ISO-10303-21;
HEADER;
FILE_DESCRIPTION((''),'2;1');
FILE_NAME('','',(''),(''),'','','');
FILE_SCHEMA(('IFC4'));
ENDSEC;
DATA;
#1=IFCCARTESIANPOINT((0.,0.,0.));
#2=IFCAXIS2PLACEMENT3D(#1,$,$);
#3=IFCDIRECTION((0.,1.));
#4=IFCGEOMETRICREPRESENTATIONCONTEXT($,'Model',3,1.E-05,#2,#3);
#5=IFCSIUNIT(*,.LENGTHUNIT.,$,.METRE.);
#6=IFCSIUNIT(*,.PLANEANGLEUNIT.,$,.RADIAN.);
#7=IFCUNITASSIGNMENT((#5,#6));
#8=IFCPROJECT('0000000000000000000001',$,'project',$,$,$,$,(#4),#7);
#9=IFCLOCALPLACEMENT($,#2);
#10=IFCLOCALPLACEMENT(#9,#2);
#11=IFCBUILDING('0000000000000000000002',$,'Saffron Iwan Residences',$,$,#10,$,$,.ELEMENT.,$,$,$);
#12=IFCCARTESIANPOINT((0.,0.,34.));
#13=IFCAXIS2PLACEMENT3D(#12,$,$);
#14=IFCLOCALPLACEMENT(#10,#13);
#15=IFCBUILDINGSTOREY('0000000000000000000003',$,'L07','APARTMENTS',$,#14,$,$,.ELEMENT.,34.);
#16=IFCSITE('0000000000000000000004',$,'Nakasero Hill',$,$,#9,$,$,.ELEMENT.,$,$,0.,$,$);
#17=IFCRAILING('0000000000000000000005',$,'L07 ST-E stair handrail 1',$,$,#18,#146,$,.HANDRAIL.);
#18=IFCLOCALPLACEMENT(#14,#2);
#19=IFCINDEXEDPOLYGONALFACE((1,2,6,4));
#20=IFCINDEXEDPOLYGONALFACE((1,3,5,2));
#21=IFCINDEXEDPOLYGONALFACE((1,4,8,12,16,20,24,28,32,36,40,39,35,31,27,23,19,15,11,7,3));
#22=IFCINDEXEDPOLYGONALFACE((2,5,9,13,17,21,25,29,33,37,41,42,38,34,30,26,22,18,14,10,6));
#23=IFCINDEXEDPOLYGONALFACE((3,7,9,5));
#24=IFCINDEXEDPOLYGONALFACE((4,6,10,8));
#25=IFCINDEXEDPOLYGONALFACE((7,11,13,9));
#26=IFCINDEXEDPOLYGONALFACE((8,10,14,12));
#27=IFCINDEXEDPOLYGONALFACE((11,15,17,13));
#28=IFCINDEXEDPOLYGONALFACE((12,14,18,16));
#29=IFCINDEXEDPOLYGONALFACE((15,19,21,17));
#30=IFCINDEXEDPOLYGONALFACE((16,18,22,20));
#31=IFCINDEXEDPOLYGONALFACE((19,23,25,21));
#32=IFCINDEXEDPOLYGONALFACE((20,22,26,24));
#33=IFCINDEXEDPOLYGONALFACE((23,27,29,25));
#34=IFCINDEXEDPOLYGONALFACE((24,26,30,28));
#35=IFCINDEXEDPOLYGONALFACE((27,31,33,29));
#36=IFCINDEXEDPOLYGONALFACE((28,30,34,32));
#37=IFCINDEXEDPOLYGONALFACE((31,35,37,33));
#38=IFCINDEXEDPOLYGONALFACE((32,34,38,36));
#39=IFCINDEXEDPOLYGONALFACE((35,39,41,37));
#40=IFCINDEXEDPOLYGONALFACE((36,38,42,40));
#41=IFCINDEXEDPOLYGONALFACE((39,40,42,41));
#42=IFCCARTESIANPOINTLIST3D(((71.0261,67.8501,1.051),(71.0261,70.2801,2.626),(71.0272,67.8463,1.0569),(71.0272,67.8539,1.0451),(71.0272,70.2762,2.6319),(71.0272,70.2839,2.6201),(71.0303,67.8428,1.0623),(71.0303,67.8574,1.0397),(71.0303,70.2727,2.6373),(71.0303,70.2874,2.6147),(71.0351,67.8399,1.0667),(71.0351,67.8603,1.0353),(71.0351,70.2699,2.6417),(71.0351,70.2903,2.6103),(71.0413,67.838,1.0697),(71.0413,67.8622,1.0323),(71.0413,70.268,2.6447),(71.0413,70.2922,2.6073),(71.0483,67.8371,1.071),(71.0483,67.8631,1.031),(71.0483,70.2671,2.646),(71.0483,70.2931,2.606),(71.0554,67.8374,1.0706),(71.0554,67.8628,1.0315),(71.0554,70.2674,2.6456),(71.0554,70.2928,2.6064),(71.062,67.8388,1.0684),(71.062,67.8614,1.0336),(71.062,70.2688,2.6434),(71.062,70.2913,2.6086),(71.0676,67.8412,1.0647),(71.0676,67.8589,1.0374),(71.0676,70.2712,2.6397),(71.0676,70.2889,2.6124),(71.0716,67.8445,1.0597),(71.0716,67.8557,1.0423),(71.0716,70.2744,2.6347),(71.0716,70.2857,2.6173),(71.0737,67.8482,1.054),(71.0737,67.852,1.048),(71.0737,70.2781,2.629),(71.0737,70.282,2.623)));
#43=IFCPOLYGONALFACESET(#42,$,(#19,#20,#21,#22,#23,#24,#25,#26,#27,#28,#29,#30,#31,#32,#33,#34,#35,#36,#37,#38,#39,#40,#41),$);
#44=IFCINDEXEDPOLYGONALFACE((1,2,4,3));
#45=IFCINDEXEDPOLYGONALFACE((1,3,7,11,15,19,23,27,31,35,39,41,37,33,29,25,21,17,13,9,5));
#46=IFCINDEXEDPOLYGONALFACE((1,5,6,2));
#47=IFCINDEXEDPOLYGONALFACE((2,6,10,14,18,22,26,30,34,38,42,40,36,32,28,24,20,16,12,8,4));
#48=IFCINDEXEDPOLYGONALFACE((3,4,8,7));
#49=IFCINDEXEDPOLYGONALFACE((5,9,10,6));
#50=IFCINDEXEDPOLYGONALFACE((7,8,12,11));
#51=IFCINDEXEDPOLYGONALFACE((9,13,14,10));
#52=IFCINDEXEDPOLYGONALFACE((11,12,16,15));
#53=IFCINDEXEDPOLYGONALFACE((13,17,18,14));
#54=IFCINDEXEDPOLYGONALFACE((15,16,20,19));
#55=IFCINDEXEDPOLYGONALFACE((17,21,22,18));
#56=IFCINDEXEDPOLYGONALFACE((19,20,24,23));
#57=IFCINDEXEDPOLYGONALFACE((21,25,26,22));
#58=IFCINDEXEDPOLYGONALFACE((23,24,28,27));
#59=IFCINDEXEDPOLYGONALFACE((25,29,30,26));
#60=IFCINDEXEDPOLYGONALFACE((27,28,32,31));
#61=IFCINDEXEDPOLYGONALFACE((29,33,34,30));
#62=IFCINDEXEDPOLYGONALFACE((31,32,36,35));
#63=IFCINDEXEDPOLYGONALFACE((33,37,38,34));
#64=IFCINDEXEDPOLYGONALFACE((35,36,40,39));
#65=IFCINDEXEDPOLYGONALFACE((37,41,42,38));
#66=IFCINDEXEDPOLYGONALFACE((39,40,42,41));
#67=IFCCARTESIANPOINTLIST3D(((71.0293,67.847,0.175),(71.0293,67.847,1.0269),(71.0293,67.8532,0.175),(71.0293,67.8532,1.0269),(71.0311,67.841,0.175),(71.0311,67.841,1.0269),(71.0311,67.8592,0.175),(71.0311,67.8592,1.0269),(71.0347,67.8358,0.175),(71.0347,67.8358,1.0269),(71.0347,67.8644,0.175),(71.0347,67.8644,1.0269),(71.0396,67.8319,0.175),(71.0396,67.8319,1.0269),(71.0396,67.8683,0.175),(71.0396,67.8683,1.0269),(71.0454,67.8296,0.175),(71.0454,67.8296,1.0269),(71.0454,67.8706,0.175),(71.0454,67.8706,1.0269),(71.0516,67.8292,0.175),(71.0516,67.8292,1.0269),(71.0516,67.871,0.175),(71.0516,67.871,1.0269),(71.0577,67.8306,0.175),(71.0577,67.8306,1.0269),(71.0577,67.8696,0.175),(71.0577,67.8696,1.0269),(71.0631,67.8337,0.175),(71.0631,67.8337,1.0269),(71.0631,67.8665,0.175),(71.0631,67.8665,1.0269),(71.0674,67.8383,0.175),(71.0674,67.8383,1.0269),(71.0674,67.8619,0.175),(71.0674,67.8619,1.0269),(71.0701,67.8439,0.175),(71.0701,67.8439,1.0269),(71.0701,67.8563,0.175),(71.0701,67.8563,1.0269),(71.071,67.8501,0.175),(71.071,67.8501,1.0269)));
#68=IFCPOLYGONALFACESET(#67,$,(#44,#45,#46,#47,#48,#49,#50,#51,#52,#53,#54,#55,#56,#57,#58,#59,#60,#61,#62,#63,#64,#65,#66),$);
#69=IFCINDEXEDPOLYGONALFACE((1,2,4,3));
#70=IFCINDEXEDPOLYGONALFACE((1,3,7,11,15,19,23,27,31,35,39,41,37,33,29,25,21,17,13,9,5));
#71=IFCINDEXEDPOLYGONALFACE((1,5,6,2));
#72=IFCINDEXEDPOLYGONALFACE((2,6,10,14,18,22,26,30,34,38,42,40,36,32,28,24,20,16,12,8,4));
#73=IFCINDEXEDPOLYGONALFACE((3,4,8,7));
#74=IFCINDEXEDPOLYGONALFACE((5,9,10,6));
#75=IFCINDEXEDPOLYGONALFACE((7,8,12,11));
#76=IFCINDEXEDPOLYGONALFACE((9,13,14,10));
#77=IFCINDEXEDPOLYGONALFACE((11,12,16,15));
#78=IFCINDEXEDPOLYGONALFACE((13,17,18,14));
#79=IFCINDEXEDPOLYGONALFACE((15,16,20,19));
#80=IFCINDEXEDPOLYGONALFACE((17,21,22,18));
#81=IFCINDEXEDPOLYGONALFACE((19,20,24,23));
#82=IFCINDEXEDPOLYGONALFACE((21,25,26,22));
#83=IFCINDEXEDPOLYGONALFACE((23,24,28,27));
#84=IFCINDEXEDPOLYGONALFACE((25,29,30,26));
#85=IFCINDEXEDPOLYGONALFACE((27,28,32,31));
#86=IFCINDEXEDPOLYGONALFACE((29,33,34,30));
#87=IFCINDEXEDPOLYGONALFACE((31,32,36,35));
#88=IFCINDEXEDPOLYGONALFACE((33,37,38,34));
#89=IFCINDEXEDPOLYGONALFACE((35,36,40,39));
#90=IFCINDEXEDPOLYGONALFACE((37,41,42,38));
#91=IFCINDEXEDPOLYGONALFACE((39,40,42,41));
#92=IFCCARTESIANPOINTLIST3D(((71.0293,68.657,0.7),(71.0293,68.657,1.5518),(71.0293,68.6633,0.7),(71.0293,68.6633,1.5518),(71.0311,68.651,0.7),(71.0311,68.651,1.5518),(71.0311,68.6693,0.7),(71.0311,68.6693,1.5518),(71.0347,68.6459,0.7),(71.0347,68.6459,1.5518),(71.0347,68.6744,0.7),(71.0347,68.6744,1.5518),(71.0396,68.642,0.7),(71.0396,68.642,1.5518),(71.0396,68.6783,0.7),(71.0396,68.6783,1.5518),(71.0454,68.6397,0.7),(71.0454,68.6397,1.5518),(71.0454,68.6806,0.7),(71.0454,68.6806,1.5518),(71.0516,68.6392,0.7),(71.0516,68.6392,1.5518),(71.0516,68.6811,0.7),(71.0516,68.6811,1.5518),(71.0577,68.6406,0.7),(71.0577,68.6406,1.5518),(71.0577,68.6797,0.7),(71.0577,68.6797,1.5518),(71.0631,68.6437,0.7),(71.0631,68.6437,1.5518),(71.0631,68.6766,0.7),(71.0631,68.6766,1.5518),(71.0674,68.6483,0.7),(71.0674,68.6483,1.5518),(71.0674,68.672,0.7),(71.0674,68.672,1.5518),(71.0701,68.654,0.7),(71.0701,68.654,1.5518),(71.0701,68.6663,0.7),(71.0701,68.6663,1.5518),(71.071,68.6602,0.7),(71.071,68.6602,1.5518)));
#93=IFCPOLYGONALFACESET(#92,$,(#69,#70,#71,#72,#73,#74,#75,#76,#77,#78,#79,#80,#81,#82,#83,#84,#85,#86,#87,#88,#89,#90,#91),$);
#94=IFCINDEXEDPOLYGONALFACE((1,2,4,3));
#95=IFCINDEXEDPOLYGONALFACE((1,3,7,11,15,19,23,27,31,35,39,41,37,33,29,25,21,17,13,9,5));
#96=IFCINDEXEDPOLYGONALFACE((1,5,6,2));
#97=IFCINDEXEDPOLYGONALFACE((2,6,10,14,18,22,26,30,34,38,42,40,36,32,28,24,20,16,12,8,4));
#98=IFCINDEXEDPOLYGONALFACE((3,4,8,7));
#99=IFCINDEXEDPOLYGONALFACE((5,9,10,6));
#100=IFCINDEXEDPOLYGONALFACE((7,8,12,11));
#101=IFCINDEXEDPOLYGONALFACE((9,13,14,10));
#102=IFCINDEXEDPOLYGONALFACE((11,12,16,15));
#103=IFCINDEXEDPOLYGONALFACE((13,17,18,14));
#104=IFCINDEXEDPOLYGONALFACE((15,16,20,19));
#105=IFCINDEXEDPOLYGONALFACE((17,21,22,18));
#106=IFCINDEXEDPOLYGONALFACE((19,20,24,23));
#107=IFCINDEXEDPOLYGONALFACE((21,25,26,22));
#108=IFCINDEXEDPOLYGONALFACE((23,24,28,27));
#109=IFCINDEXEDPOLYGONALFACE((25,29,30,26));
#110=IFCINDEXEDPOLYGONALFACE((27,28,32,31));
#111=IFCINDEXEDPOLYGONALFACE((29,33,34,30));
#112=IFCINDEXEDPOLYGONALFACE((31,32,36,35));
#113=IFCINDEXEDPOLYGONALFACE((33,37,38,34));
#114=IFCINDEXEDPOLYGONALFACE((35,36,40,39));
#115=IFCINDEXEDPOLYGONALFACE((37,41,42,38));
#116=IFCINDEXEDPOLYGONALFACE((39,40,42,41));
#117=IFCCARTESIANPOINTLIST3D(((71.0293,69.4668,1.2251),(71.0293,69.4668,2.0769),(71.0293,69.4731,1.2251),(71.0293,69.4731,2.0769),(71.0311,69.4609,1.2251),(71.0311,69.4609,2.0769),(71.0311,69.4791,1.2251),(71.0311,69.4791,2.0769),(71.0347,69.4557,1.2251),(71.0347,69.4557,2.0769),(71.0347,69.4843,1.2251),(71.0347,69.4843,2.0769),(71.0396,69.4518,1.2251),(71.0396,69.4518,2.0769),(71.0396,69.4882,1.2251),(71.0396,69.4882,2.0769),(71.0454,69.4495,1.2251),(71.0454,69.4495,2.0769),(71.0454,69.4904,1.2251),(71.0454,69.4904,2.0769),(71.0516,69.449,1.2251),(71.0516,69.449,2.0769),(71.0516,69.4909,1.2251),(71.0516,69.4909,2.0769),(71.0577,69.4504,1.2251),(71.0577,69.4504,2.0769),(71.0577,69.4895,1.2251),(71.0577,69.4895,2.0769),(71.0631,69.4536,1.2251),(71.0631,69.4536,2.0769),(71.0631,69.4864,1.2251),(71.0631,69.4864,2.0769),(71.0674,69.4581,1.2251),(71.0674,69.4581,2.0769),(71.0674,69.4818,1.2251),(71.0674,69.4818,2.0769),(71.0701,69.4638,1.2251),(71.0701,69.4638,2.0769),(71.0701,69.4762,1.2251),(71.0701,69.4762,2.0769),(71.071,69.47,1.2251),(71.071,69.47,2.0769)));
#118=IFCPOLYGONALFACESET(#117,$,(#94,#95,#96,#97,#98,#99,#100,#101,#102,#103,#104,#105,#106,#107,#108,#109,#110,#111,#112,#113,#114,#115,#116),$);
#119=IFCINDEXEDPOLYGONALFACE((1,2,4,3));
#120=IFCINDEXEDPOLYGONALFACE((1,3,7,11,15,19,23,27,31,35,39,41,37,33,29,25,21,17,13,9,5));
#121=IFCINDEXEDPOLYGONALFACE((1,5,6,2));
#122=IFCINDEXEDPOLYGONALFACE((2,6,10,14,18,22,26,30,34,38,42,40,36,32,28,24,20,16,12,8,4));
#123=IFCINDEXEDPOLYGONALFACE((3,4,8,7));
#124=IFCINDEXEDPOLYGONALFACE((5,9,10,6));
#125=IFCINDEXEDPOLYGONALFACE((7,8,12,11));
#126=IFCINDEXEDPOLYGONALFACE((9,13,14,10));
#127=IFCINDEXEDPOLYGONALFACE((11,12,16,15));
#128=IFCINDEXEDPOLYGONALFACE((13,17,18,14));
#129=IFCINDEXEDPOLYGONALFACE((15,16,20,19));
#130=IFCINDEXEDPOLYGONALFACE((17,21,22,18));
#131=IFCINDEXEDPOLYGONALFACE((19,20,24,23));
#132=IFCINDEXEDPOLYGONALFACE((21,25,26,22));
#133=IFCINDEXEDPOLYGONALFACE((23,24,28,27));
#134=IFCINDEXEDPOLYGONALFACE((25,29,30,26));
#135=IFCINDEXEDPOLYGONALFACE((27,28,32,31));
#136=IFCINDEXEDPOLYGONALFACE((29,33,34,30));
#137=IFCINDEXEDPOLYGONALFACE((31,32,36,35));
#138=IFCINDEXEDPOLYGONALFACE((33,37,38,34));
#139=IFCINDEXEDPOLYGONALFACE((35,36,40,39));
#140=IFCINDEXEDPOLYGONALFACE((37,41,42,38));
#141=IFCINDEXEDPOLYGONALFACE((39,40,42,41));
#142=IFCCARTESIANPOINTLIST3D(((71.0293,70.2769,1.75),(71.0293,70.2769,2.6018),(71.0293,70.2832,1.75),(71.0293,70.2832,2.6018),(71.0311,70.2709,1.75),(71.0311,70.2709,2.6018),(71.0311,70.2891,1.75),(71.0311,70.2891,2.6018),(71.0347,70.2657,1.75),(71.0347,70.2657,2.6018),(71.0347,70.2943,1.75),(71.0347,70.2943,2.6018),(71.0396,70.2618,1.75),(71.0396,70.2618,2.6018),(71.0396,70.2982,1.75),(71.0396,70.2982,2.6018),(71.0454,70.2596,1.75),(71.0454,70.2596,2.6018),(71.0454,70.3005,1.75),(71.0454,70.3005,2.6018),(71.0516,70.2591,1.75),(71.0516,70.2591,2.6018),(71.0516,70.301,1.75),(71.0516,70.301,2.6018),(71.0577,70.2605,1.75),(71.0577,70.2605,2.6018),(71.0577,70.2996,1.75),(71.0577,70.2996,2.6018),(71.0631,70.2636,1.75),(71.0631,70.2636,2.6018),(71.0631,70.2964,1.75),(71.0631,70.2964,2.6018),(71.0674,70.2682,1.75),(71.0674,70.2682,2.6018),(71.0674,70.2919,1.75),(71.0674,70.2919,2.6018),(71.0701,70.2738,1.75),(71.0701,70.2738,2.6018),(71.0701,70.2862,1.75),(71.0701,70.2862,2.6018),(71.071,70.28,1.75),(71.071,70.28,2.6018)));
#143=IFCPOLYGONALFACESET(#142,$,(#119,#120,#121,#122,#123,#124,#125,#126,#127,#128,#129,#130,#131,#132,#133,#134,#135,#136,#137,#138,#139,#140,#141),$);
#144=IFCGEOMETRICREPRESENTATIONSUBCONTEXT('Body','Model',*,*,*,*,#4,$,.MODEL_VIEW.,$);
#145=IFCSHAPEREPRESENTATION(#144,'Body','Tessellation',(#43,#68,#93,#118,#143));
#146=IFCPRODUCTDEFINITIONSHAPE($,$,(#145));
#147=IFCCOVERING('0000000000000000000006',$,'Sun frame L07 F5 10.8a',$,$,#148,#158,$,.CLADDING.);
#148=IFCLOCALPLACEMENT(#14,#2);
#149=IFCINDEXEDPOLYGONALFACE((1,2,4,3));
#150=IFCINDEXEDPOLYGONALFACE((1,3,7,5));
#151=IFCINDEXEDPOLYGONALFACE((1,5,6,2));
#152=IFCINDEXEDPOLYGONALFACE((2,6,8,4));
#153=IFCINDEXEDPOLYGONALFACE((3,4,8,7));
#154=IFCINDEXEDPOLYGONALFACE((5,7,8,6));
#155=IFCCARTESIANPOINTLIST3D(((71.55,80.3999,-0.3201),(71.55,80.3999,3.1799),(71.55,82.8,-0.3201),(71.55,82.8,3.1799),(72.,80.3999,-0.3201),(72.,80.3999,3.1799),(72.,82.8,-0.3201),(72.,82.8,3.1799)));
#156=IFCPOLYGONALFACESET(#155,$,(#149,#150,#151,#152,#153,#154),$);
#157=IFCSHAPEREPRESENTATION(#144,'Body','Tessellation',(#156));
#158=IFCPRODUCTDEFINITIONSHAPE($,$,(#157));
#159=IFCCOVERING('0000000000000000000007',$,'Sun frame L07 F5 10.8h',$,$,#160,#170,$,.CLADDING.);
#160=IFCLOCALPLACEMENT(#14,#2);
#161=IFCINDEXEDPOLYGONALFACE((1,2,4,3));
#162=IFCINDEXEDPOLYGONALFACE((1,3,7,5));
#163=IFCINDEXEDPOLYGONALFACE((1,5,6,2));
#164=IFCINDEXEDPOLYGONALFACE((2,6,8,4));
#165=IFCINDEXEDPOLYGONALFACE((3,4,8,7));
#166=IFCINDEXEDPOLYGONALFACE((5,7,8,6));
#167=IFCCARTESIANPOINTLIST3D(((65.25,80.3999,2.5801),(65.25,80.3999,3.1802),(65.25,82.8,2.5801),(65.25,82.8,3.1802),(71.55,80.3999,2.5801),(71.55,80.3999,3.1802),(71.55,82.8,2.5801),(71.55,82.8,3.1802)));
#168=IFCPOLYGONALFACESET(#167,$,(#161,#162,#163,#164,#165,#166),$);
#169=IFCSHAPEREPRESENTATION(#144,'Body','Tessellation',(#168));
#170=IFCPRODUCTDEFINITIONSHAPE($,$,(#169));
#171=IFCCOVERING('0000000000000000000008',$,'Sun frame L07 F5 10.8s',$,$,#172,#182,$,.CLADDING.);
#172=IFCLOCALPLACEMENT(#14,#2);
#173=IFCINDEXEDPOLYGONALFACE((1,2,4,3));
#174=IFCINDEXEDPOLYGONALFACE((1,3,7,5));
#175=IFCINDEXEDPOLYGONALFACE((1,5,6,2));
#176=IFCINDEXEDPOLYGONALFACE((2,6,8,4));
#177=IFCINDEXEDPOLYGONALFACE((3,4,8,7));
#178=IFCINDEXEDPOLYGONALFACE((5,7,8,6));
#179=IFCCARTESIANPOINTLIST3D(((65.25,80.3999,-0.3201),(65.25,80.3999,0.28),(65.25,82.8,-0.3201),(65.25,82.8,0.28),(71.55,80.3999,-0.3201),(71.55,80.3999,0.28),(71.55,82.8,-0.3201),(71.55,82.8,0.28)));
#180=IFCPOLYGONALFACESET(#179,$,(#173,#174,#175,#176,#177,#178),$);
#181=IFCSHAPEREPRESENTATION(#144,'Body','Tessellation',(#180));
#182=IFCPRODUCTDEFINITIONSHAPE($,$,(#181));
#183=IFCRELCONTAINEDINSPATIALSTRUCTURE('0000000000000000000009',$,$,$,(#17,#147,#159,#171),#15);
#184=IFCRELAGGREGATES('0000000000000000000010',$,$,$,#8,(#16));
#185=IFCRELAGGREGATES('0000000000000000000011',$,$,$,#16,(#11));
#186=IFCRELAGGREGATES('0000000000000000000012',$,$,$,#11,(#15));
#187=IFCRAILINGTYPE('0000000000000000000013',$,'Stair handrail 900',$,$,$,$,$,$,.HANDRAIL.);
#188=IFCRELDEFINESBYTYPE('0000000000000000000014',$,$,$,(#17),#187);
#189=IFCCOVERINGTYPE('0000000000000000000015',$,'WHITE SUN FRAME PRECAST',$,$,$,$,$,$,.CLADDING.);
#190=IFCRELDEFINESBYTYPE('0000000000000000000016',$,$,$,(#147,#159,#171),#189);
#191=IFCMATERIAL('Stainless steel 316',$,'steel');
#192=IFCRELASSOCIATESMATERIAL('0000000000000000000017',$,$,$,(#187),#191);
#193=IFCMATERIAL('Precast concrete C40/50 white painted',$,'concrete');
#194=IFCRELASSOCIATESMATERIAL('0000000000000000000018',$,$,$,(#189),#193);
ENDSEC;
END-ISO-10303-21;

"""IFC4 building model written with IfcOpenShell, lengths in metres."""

from ifc_helpers import new_model, si_unit, direction, frame, origin, origin_2d, place, context, subcontext, project, spatial, polyline, circle, outline, extrude, material, type_object, element, save


model = new_model("IFC4")

# Units and contexts
model_context = context("Model", 3, precision=1e-05, world=origin(), true_north=direction((0.0, 1.0)))
body_context = subcontext(model_context, "Body", "Model", "MODEL_VIEW")
ifc_project = project(units=[si_unit("LENGTHUNIT", "METRE"), si_unit("PLANEANGLEUNIT", "RADIAN")], contexts=[model_context])

# Site, building, storey
site_placement = place(None, origin())
site = spatial("IfcSite", under=ifc_project, at=site_placement, Name="Nakasero Hill", CompositionType="ELEMENT", RefElevation=0.0)
building_placement = place(site_placement, origin())
building = spatial("IfcBuilding", under=site, at=building_placement, Name="Saffron Iwan Residences", CompositionType="ELEMENT")
storey_placement = place(building_placement, frame((0.0, 0.0, 34.0)))
storey = spatial("IfcBuildingStorey", under=building, at=storey_placement, Name="L07", Description="APARTMENTS", CompositionType="ELEMENT", Elevation=34.0)

# Railing
ifc_material_1 = material(Name="Stainless steel 316", Category="steel")
railing_type = type_object("IfcRailingType", Name="Stair handrail 900", PredefinedType="HANDRAIL", material=ifc_material_1)
railing_placement = place(storey_placement, frame((71.05, 67.8501, 0.175)))
element("IfcRailing", 1, at=railing_placement, inside=storey, type_object=railing_type, Name="L07 ST-E stair handrail 1", PredefinedType="HANDRAIL", context=body_context, shape_type="SweptSolid", body=[
    extrude(circle(Radius=0.0239, at=origin_2d()), frame((0.0, 0.0, 0.876), z_axis=(0.0, 0.839154, 0.543894), x_axis=(-1.0, 0.0, 0.0)), (0.0, 0.0, 1.0), 2.8958),
    extrude(circle(Radius=0.021, at=origin_2d()), origin(), (0.0, 0.0, 1.0), 0.8518),
    extrude(circle(Radius=0.021, at=origin_2d()), frame((0.0, 0.8101, 0.5249)), (0.0, 0.0, 1.0), 0.8518),
    extrude(circle(Radius=0.021, at=origin_2d()), frame((0.0, 1.6199, 1.05)), (0.0, 0.0, 1.0), 0.8518),
    extrude(circle(Radius=0.021, at=origin_2d()), frame((0.0, 2.4299, 1.575)), (0.0, 0.0, 1.0), 0.8518),
])

# Coverings
ifc_material_2 = material(Name="Precast concrete C40/50 white painted", Category="concrete")
covering_type_1 = type_object("IfcCoveringType", Name="WHITE SUN FRAME PRECAST", PredefinedType="CLADDING", material=ifc_material_2)
covering_1_placement = place(storey_placement, frame((72.0, 80.3999, -0.3201), z_axis=(0.0, 1.0, 0.0), x_axis=(-1.0, 0.0, 0.0)))
element("IfcCovering", 2, at=covering_1_placement, inside=storey, type_object=covering_type_1, Name="Sun frame L07 F5 10.8a", PredefinedType="CLADDING", context=body_context, shape_type="SweptSolid", body=[
    extrude(outline(polyline([(0.0, 0.0), (0.45, 0.0), (0.45, 3.5), (0.0, 3.5), (0.0, 0.0)])), origin(), (0.0, 0.0, 1.0), 2.4001),
])
for number, where, z_axis, x_axis, name in (
    (3, (71.55, 80.3999, 2.5801), (0.0, 1.0, 0.0), (-1.0, 0.0, 0.0), "Sun frame L07 F5 10.8h"),
    (4, (71.55, 80.3999, -0.3201), (0.0, 1.0, 0.0), (-1.0, 0.0, 0.0), "Sun frame L07 F5 10.8s"),
):
    element("IfcCovering", number, at=place(storey_placement, frame(where, z_axis=z_axis, x_axis=x_axis)), inside=storey, type_object=covering_type_1, Name=name, PredefinedType="CLADDING", context=body_context, shape_type="SweptSolid", body=[
        extrude(outline(polyline([(0.0, 0.0), (6.3, 0.0), (6.3, 0.6001), (0.0, 0.6001), (0.0, 0.0)])), origin(), (0.0, 0.0, 1.0), 2.4001),
    ])

save(model, "model.ifc")
